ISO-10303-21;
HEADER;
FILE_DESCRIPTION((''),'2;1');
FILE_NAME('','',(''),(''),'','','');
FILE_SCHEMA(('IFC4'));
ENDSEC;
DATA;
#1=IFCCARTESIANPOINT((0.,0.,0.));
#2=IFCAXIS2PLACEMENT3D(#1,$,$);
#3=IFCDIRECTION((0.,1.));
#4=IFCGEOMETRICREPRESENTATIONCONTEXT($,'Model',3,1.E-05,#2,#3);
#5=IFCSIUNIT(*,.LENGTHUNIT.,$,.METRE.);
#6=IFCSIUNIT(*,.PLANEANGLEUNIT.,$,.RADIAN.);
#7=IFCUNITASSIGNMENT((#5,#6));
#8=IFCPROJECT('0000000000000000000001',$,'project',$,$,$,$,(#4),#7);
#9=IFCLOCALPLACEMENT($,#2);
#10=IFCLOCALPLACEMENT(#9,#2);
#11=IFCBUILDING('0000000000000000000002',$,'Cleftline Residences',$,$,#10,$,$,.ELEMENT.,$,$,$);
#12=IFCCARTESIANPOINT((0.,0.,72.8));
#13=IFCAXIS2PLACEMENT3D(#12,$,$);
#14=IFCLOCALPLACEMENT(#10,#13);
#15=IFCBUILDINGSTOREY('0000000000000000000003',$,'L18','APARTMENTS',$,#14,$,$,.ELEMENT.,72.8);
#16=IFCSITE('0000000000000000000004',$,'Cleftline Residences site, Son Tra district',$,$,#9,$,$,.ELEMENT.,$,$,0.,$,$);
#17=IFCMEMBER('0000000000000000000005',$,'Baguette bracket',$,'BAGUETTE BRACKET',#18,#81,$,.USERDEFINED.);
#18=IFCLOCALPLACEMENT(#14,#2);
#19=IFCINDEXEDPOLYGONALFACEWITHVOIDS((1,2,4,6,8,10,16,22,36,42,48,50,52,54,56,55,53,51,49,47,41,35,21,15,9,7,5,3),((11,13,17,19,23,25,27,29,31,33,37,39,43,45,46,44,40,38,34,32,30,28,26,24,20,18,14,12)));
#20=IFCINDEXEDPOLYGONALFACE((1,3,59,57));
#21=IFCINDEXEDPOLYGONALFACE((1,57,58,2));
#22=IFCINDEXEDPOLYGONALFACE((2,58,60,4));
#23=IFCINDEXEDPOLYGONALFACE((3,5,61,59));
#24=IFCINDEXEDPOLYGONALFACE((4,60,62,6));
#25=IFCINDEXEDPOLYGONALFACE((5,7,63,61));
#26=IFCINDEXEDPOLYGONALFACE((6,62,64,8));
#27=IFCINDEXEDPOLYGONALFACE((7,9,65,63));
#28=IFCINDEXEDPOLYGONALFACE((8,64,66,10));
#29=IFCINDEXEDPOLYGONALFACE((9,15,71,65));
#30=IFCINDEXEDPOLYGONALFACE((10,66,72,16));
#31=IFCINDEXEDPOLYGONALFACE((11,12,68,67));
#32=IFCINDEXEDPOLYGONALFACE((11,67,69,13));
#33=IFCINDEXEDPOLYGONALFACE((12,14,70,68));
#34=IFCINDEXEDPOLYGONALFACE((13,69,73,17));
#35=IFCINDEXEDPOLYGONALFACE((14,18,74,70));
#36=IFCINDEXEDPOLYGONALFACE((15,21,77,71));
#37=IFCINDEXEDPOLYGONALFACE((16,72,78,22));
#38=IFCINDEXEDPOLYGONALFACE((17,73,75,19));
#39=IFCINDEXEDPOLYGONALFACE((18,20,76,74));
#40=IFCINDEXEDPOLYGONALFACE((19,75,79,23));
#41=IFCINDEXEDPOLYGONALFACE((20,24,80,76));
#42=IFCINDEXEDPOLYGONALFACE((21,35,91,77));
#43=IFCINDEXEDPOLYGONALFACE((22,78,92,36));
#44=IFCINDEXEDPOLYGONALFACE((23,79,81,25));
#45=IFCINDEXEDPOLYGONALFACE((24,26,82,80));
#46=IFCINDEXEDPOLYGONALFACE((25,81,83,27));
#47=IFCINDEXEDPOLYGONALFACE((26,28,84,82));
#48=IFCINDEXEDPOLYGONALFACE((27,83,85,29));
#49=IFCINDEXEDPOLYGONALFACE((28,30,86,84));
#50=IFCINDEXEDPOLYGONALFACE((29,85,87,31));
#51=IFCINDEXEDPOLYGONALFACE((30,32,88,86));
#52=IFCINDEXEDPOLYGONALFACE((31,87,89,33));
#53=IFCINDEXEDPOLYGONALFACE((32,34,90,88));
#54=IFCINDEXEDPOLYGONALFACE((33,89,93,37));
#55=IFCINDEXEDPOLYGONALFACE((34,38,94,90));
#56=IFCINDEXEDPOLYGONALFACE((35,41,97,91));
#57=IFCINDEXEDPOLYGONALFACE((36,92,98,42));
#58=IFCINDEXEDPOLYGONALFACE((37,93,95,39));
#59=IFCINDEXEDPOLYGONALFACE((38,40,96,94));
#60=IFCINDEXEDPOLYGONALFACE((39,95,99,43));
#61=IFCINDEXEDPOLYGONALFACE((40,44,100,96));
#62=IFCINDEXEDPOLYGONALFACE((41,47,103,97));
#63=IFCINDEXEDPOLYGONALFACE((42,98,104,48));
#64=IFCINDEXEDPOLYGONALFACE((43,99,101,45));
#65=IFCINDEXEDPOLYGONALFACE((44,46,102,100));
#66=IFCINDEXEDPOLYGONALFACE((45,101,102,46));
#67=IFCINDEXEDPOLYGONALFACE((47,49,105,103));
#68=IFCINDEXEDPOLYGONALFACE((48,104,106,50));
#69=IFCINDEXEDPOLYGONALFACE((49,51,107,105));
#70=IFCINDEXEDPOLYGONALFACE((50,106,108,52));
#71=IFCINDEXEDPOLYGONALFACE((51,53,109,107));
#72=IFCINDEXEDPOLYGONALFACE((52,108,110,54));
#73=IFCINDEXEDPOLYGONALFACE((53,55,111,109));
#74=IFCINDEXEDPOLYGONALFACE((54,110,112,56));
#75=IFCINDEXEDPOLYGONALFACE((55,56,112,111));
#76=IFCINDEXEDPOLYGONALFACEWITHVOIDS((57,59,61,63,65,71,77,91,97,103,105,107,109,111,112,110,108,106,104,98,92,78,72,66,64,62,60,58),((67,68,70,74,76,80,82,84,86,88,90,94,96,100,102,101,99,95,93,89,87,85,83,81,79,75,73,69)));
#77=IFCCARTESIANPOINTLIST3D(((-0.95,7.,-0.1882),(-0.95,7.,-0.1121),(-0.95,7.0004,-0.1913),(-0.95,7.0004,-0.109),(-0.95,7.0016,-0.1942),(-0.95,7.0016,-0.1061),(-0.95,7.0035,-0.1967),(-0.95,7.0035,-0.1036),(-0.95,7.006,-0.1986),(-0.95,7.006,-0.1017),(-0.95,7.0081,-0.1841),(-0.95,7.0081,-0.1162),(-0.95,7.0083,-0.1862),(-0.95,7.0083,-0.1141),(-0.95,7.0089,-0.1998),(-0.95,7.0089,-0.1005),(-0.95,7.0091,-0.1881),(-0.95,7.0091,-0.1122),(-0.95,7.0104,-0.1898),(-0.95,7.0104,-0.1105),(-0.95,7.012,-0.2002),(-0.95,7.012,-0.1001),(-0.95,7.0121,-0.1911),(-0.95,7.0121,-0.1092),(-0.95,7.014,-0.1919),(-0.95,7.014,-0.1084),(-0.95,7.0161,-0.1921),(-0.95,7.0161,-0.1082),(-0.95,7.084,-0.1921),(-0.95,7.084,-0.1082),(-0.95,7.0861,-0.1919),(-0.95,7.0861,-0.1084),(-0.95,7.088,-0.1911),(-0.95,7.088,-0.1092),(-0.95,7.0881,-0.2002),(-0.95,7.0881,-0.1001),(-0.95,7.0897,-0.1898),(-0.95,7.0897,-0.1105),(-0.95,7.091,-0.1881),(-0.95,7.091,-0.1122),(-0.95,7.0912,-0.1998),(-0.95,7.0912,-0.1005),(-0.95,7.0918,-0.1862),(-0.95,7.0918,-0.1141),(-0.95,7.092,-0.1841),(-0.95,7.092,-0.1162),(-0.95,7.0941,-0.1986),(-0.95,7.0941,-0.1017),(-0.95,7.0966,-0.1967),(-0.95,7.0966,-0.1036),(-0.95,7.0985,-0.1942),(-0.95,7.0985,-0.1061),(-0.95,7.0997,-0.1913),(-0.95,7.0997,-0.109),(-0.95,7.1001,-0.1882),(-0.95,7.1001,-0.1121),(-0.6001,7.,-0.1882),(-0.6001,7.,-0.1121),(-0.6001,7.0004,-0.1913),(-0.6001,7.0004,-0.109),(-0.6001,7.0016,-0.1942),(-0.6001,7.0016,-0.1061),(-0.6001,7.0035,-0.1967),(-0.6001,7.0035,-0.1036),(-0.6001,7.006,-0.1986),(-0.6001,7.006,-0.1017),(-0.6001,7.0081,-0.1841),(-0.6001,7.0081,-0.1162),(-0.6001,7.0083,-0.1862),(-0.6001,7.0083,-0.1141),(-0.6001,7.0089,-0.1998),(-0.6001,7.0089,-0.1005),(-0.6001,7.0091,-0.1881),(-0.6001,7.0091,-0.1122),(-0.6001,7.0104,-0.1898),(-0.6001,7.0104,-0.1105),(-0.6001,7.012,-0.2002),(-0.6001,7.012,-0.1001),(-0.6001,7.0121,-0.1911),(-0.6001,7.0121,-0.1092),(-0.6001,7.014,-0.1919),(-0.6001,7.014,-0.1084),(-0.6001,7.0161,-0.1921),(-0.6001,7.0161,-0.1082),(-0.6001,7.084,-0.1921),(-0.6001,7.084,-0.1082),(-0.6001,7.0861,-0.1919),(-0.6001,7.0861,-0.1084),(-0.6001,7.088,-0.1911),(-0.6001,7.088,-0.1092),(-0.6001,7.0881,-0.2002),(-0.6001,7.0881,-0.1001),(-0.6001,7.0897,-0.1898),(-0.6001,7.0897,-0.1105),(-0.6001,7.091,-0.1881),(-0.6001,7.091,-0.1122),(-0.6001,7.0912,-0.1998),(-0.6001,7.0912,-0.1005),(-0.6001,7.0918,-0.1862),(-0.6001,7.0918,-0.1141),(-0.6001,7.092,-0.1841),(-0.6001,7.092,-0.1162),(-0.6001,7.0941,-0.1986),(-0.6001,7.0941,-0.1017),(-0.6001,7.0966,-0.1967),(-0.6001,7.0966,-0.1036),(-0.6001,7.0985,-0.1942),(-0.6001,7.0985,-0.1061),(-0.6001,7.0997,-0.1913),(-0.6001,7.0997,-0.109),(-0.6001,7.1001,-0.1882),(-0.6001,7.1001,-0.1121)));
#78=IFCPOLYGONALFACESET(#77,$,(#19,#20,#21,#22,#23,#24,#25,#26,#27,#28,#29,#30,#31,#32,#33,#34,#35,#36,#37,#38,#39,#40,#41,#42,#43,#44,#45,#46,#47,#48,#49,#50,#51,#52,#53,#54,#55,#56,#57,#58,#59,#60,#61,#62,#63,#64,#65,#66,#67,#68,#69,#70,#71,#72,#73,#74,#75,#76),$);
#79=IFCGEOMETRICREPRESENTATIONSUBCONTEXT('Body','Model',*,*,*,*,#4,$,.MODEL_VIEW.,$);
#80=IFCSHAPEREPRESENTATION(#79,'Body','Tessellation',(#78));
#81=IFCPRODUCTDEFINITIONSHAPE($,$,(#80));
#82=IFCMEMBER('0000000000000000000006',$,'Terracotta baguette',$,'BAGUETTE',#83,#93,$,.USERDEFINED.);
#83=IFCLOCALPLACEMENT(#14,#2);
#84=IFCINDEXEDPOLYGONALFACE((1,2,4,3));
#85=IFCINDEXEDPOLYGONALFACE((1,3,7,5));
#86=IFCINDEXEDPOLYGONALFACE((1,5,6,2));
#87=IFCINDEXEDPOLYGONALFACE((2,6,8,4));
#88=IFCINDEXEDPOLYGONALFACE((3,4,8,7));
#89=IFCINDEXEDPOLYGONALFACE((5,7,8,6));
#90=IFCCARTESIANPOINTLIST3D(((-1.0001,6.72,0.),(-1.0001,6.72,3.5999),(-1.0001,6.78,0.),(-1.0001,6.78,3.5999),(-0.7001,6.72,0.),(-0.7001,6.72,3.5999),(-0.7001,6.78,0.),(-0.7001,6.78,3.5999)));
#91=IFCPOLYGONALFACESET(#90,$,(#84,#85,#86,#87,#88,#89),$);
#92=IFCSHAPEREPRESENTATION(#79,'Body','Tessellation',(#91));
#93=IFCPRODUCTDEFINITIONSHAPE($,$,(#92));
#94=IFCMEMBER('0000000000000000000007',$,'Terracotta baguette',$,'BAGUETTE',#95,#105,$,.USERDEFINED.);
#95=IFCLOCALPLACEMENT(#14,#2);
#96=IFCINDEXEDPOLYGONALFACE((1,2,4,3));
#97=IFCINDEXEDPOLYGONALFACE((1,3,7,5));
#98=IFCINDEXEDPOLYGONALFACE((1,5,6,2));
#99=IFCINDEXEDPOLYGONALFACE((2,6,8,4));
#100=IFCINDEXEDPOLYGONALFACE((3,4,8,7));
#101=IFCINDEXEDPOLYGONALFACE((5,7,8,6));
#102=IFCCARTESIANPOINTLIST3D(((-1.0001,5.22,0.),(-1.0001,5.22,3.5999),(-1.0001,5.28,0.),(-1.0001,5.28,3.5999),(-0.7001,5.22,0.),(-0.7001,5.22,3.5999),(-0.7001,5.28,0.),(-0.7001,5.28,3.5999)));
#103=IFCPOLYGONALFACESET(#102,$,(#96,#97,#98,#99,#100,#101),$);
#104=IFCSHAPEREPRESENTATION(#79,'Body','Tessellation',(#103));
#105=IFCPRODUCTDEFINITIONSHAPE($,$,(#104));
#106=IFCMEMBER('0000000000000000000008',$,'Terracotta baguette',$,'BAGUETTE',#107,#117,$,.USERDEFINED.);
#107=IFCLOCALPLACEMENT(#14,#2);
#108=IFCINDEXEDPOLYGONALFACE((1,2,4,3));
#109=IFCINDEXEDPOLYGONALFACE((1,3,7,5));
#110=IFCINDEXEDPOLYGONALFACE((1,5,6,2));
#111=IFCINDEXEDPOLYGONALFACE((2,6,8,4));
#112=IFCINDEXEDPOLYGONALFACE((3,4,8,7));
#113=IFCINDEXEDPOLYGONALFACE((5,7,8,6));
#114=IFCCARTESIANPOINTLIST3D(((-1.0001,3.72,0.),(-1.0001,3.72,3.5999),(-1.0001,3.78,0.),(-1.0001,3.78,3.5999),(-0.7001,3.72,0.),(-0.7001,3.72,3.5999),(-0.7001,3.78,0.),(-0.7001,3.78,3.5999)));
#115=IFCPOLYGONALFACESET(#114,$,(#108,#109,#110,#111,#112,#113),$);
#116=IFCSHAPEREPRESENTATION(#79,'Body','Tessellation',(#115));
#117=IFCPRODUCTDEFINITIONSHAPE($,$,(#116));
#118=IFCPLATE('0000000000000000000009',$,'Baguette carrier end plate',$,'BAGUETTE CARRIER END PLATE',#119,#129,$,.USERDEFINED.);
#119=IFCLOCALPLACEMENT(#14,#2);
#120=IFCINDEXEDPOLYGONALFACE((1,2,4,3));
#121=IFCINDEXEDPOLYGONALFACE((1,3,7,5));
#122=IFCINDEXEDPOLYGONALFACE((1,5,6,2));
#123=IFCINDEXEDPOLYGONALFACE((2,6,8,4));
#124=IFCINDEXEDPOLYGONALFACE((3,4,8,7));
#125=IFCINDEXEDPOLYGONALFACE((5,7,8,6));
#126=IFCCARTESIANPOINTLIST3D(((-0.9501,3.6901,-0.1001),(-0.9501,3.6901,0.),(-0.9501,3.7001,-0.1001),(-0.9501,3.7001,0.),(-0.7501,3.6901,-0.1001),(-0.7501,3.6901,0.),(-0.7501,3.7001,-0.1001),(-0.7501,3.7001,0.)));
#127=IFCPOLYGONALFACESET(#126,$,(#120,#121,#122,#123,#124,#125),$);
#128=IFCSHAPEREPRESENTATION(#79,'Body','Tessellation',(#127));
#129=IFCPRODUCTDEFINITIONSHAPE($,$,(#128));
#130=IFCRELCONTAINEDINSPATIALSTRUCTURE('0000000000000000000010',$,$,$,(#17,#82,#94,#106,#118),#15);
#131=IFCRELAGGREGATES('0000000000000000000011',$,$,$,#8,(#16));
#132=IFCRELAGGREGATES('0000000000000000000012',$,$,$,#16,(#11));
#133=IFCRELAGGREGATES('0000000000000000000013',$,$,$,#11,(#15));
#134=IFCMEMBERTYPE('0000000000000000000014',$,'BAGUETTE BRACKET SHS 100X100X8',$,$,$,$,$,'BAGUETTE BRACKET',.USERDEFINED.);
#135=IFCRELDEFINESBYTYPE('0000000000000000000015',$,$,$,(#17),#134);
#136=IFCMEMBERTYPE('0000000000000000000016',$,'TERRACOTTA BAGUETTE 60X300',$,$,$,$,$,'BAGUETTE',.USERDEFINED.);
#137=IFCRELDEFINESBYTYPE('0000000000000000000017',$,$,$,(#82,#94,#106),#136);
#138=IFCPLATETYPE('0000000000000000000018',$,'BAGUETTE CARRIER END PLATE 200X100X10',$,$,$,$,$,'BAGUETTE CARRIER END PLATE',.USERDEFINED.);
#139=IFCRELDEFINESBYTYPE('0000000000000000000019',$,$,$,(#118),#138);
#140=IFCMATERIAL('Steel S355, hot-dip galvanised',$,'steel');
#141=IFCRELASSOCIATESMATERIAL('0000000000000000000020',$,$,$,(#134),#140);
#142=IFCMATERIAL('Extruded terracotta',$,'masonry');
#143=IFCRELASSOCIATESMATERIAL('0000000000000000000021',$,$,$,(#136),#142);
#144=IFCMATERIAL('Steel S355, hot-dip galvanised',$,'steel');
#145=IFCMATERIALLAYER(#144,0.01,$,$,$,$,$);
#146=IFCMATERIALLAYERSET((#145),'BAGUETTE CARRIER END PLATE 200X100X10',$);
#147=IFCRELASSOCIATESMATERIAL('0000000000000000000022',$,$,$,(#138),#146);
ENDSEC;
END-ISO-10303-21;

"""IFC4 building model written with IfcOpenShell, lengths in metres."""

from ifc_helpers import new_model, si_unit, direction, frame, origin, origin_2d, place, context, subcontext, project, spatial, rectangle, hollow_rectangle, extrude, material, layer, layer_set, material_profile, profile_set, type_object, element, save


model = new_model("IFC4")

# Units and contexts
model_context = context("Model", 3, precision=1e-05, world=origin(), true_north=direction((0.0, 1.0)))
body_context = subcontext(model_context, "Body", "Model", "MODEL_VIEW")
ifc_project = project(units=[si_unit("LENGTHUNIT", "METRE"), si_unit("PLANEANGLEUNIT", "RADIAN")], contexts=[model_context])

# Site, building, storey
site_placement = place(None, origin())
site = spatial("IfcSite", under=ifc_project, at=site_placement, Name="Cleftline Residences site, Son Tra district", CompositionType="ELEMENT", RefElevation=0.0)
building_placement = place(site_placement, origin())
building = spatial("IfcBuilding", under=site, at=building_placement, Name="Cleftline Residences", CompositionType="ELEMENT")
storey_placement = place(building_placement, frame((0.0, 0.0, 72.8)))
storey = spatial("IfcBuildingStorey", under=building, at=storey_placement, Name="L18", Description="APARTMENTS", CompositionType="ELEMENT", Elevation=72.8)

# Members
ifc_material_1 = material(Name="Steel S355, hot-dip galvanised", Category="steel")
ifc_material_profile_1 = material_profile(ifc_material_1, hollow_rectangle(XDim=0.1001, YDim=0.1001, WallThickness=0.0081, InnerFilletRadius=0.0081, OuterFilletRadius=0.012, at=origin_2d()))
ifc_profile_set_1 = profile_set([ifc_material_profile_1], Name="Steel S355, hot-dip galvanised")
member_type_1 = type_object("IfcMemberType", Name="BAGUETTE BRACKET SHS 100X100X8", ElementType="BAGUETTE BRACKET", PredefinedType="USERDEFINED", material=ifc_profile_set_1)
member_placement = place(storey_placement, frame((-0.6001, 7.05, -0.1501), z_axis=(-1.0, 0.0, 0.0), x_axis=(0.0, -1.0, 0.0)))
element("IfcMember", 1, at=member_placement, inside=storey, type_object=member_type_1, Name="Baguette bracket", ObjectType="BAGUETTE BRACKET", PredefinedType="USERDEFINED", context=body_context, shape_type="SweptSolid", body=[
    extrude(hollow_rectangle(XDim=0.1001, YDim=0.1001, WallThickness=0.0081, InnerFilletRadius=0.0081, OuterFilletRadius=0.012, at=origin_2d()), origin(), (0.0, 0.0, 1.0), 0.3499),
])
ifc_material_2 = material(Name="Extruded terracotta", Category="masonry")
ifc_material_profile_2 = material_profile(ifc_material_2, rectangle(XDim=0.0601, YDim=0.3, at=origin_2d()))
ifc_profile_set_2 = profile_set([ifc_material_profile_2], Name="Extruded terracotta")
member_type_2 = type_object("IfcMemberType", Name="TERRACOTTA BAGUETTE 60X300", ElementType="BAGUETTE", PredefinedType="USERDEFINED", material=ifc_profile_set_2)
for number, where, z_axis, x_axis, name in (
    (2, (-0.8501, 6.75, 0.0), (0.0, 0.0, 1.0), (0.0, 1.0, 0.0), "Terracotta baguette"),
    (3, (-0.8501, 5.25, 0.0), (0.0, 0.0, 1.0), (0.0, 1.0, 0.0), "Terracotta baguette"),
    (4, (-0.8501, 3.75, 0.0), (0.0, 0.0, 1.0), (0.0, 1.0, 0.0), "Terracotta baguette"),
):
    element("IfcMember", number, at=place(storey_placement, frame(where, z_axis=z_axis, x_axis=x_axis)), inside=storey, type_object=member_type_2, Name=name, ObjectType="BAGUETTE", PredefinedType="USERDEFINED", context=body_context, shape_type="SweptSolid", body=[
        extrude(rectangle(XDim=0.0601, YDim=0.3, at=origin_2d()), origin(), (0.0, 0.0, 1.0), 3.5999),
    ])

# Plate
ifc_material_3 = material(Name="Steel S355, hot-dip galvanised", Category="steel")
ifc_layer_1 = layer(ifc_material_3, 0.01)
ifc_layer_set_1 = layer_set([ifc_layer_1], Name="BAGUETTE CARRIER END PLATE 200X100X10")
plate_type = type_object("IfcPlateType", Name="BAGUETTE CARRIER END PLATE 200X100X10", ElementType="BAGUETTE CARRIER END PLATE", PredefinedType="USERDEFINED", material=ifc_layer_set_1)
plate_placement = place(storey_placement, frame((-0.8501, 3.6951, -0.1001), z_axis=(0.0, 0.0, 1.0), x_axis=(-1.0, 0.0, 0.0)))
element("IfcPlate", 5, at=plate_placement, inside=storey, type_object=plate_type, Name="Baguette carrier end plate", ObjectType="BAGUETTE CARRIER END PLATE", PredefinedType="USERDEFINED", context=body_context, shape_type="SweptSolid", body=[
    extrude(rectangle(XDim=0.2, YDim=0.01, at=origin_2d()), origin(), (0.0, 0.0, 1.0), 0.1001),
])

save(model, "model.ifc")
